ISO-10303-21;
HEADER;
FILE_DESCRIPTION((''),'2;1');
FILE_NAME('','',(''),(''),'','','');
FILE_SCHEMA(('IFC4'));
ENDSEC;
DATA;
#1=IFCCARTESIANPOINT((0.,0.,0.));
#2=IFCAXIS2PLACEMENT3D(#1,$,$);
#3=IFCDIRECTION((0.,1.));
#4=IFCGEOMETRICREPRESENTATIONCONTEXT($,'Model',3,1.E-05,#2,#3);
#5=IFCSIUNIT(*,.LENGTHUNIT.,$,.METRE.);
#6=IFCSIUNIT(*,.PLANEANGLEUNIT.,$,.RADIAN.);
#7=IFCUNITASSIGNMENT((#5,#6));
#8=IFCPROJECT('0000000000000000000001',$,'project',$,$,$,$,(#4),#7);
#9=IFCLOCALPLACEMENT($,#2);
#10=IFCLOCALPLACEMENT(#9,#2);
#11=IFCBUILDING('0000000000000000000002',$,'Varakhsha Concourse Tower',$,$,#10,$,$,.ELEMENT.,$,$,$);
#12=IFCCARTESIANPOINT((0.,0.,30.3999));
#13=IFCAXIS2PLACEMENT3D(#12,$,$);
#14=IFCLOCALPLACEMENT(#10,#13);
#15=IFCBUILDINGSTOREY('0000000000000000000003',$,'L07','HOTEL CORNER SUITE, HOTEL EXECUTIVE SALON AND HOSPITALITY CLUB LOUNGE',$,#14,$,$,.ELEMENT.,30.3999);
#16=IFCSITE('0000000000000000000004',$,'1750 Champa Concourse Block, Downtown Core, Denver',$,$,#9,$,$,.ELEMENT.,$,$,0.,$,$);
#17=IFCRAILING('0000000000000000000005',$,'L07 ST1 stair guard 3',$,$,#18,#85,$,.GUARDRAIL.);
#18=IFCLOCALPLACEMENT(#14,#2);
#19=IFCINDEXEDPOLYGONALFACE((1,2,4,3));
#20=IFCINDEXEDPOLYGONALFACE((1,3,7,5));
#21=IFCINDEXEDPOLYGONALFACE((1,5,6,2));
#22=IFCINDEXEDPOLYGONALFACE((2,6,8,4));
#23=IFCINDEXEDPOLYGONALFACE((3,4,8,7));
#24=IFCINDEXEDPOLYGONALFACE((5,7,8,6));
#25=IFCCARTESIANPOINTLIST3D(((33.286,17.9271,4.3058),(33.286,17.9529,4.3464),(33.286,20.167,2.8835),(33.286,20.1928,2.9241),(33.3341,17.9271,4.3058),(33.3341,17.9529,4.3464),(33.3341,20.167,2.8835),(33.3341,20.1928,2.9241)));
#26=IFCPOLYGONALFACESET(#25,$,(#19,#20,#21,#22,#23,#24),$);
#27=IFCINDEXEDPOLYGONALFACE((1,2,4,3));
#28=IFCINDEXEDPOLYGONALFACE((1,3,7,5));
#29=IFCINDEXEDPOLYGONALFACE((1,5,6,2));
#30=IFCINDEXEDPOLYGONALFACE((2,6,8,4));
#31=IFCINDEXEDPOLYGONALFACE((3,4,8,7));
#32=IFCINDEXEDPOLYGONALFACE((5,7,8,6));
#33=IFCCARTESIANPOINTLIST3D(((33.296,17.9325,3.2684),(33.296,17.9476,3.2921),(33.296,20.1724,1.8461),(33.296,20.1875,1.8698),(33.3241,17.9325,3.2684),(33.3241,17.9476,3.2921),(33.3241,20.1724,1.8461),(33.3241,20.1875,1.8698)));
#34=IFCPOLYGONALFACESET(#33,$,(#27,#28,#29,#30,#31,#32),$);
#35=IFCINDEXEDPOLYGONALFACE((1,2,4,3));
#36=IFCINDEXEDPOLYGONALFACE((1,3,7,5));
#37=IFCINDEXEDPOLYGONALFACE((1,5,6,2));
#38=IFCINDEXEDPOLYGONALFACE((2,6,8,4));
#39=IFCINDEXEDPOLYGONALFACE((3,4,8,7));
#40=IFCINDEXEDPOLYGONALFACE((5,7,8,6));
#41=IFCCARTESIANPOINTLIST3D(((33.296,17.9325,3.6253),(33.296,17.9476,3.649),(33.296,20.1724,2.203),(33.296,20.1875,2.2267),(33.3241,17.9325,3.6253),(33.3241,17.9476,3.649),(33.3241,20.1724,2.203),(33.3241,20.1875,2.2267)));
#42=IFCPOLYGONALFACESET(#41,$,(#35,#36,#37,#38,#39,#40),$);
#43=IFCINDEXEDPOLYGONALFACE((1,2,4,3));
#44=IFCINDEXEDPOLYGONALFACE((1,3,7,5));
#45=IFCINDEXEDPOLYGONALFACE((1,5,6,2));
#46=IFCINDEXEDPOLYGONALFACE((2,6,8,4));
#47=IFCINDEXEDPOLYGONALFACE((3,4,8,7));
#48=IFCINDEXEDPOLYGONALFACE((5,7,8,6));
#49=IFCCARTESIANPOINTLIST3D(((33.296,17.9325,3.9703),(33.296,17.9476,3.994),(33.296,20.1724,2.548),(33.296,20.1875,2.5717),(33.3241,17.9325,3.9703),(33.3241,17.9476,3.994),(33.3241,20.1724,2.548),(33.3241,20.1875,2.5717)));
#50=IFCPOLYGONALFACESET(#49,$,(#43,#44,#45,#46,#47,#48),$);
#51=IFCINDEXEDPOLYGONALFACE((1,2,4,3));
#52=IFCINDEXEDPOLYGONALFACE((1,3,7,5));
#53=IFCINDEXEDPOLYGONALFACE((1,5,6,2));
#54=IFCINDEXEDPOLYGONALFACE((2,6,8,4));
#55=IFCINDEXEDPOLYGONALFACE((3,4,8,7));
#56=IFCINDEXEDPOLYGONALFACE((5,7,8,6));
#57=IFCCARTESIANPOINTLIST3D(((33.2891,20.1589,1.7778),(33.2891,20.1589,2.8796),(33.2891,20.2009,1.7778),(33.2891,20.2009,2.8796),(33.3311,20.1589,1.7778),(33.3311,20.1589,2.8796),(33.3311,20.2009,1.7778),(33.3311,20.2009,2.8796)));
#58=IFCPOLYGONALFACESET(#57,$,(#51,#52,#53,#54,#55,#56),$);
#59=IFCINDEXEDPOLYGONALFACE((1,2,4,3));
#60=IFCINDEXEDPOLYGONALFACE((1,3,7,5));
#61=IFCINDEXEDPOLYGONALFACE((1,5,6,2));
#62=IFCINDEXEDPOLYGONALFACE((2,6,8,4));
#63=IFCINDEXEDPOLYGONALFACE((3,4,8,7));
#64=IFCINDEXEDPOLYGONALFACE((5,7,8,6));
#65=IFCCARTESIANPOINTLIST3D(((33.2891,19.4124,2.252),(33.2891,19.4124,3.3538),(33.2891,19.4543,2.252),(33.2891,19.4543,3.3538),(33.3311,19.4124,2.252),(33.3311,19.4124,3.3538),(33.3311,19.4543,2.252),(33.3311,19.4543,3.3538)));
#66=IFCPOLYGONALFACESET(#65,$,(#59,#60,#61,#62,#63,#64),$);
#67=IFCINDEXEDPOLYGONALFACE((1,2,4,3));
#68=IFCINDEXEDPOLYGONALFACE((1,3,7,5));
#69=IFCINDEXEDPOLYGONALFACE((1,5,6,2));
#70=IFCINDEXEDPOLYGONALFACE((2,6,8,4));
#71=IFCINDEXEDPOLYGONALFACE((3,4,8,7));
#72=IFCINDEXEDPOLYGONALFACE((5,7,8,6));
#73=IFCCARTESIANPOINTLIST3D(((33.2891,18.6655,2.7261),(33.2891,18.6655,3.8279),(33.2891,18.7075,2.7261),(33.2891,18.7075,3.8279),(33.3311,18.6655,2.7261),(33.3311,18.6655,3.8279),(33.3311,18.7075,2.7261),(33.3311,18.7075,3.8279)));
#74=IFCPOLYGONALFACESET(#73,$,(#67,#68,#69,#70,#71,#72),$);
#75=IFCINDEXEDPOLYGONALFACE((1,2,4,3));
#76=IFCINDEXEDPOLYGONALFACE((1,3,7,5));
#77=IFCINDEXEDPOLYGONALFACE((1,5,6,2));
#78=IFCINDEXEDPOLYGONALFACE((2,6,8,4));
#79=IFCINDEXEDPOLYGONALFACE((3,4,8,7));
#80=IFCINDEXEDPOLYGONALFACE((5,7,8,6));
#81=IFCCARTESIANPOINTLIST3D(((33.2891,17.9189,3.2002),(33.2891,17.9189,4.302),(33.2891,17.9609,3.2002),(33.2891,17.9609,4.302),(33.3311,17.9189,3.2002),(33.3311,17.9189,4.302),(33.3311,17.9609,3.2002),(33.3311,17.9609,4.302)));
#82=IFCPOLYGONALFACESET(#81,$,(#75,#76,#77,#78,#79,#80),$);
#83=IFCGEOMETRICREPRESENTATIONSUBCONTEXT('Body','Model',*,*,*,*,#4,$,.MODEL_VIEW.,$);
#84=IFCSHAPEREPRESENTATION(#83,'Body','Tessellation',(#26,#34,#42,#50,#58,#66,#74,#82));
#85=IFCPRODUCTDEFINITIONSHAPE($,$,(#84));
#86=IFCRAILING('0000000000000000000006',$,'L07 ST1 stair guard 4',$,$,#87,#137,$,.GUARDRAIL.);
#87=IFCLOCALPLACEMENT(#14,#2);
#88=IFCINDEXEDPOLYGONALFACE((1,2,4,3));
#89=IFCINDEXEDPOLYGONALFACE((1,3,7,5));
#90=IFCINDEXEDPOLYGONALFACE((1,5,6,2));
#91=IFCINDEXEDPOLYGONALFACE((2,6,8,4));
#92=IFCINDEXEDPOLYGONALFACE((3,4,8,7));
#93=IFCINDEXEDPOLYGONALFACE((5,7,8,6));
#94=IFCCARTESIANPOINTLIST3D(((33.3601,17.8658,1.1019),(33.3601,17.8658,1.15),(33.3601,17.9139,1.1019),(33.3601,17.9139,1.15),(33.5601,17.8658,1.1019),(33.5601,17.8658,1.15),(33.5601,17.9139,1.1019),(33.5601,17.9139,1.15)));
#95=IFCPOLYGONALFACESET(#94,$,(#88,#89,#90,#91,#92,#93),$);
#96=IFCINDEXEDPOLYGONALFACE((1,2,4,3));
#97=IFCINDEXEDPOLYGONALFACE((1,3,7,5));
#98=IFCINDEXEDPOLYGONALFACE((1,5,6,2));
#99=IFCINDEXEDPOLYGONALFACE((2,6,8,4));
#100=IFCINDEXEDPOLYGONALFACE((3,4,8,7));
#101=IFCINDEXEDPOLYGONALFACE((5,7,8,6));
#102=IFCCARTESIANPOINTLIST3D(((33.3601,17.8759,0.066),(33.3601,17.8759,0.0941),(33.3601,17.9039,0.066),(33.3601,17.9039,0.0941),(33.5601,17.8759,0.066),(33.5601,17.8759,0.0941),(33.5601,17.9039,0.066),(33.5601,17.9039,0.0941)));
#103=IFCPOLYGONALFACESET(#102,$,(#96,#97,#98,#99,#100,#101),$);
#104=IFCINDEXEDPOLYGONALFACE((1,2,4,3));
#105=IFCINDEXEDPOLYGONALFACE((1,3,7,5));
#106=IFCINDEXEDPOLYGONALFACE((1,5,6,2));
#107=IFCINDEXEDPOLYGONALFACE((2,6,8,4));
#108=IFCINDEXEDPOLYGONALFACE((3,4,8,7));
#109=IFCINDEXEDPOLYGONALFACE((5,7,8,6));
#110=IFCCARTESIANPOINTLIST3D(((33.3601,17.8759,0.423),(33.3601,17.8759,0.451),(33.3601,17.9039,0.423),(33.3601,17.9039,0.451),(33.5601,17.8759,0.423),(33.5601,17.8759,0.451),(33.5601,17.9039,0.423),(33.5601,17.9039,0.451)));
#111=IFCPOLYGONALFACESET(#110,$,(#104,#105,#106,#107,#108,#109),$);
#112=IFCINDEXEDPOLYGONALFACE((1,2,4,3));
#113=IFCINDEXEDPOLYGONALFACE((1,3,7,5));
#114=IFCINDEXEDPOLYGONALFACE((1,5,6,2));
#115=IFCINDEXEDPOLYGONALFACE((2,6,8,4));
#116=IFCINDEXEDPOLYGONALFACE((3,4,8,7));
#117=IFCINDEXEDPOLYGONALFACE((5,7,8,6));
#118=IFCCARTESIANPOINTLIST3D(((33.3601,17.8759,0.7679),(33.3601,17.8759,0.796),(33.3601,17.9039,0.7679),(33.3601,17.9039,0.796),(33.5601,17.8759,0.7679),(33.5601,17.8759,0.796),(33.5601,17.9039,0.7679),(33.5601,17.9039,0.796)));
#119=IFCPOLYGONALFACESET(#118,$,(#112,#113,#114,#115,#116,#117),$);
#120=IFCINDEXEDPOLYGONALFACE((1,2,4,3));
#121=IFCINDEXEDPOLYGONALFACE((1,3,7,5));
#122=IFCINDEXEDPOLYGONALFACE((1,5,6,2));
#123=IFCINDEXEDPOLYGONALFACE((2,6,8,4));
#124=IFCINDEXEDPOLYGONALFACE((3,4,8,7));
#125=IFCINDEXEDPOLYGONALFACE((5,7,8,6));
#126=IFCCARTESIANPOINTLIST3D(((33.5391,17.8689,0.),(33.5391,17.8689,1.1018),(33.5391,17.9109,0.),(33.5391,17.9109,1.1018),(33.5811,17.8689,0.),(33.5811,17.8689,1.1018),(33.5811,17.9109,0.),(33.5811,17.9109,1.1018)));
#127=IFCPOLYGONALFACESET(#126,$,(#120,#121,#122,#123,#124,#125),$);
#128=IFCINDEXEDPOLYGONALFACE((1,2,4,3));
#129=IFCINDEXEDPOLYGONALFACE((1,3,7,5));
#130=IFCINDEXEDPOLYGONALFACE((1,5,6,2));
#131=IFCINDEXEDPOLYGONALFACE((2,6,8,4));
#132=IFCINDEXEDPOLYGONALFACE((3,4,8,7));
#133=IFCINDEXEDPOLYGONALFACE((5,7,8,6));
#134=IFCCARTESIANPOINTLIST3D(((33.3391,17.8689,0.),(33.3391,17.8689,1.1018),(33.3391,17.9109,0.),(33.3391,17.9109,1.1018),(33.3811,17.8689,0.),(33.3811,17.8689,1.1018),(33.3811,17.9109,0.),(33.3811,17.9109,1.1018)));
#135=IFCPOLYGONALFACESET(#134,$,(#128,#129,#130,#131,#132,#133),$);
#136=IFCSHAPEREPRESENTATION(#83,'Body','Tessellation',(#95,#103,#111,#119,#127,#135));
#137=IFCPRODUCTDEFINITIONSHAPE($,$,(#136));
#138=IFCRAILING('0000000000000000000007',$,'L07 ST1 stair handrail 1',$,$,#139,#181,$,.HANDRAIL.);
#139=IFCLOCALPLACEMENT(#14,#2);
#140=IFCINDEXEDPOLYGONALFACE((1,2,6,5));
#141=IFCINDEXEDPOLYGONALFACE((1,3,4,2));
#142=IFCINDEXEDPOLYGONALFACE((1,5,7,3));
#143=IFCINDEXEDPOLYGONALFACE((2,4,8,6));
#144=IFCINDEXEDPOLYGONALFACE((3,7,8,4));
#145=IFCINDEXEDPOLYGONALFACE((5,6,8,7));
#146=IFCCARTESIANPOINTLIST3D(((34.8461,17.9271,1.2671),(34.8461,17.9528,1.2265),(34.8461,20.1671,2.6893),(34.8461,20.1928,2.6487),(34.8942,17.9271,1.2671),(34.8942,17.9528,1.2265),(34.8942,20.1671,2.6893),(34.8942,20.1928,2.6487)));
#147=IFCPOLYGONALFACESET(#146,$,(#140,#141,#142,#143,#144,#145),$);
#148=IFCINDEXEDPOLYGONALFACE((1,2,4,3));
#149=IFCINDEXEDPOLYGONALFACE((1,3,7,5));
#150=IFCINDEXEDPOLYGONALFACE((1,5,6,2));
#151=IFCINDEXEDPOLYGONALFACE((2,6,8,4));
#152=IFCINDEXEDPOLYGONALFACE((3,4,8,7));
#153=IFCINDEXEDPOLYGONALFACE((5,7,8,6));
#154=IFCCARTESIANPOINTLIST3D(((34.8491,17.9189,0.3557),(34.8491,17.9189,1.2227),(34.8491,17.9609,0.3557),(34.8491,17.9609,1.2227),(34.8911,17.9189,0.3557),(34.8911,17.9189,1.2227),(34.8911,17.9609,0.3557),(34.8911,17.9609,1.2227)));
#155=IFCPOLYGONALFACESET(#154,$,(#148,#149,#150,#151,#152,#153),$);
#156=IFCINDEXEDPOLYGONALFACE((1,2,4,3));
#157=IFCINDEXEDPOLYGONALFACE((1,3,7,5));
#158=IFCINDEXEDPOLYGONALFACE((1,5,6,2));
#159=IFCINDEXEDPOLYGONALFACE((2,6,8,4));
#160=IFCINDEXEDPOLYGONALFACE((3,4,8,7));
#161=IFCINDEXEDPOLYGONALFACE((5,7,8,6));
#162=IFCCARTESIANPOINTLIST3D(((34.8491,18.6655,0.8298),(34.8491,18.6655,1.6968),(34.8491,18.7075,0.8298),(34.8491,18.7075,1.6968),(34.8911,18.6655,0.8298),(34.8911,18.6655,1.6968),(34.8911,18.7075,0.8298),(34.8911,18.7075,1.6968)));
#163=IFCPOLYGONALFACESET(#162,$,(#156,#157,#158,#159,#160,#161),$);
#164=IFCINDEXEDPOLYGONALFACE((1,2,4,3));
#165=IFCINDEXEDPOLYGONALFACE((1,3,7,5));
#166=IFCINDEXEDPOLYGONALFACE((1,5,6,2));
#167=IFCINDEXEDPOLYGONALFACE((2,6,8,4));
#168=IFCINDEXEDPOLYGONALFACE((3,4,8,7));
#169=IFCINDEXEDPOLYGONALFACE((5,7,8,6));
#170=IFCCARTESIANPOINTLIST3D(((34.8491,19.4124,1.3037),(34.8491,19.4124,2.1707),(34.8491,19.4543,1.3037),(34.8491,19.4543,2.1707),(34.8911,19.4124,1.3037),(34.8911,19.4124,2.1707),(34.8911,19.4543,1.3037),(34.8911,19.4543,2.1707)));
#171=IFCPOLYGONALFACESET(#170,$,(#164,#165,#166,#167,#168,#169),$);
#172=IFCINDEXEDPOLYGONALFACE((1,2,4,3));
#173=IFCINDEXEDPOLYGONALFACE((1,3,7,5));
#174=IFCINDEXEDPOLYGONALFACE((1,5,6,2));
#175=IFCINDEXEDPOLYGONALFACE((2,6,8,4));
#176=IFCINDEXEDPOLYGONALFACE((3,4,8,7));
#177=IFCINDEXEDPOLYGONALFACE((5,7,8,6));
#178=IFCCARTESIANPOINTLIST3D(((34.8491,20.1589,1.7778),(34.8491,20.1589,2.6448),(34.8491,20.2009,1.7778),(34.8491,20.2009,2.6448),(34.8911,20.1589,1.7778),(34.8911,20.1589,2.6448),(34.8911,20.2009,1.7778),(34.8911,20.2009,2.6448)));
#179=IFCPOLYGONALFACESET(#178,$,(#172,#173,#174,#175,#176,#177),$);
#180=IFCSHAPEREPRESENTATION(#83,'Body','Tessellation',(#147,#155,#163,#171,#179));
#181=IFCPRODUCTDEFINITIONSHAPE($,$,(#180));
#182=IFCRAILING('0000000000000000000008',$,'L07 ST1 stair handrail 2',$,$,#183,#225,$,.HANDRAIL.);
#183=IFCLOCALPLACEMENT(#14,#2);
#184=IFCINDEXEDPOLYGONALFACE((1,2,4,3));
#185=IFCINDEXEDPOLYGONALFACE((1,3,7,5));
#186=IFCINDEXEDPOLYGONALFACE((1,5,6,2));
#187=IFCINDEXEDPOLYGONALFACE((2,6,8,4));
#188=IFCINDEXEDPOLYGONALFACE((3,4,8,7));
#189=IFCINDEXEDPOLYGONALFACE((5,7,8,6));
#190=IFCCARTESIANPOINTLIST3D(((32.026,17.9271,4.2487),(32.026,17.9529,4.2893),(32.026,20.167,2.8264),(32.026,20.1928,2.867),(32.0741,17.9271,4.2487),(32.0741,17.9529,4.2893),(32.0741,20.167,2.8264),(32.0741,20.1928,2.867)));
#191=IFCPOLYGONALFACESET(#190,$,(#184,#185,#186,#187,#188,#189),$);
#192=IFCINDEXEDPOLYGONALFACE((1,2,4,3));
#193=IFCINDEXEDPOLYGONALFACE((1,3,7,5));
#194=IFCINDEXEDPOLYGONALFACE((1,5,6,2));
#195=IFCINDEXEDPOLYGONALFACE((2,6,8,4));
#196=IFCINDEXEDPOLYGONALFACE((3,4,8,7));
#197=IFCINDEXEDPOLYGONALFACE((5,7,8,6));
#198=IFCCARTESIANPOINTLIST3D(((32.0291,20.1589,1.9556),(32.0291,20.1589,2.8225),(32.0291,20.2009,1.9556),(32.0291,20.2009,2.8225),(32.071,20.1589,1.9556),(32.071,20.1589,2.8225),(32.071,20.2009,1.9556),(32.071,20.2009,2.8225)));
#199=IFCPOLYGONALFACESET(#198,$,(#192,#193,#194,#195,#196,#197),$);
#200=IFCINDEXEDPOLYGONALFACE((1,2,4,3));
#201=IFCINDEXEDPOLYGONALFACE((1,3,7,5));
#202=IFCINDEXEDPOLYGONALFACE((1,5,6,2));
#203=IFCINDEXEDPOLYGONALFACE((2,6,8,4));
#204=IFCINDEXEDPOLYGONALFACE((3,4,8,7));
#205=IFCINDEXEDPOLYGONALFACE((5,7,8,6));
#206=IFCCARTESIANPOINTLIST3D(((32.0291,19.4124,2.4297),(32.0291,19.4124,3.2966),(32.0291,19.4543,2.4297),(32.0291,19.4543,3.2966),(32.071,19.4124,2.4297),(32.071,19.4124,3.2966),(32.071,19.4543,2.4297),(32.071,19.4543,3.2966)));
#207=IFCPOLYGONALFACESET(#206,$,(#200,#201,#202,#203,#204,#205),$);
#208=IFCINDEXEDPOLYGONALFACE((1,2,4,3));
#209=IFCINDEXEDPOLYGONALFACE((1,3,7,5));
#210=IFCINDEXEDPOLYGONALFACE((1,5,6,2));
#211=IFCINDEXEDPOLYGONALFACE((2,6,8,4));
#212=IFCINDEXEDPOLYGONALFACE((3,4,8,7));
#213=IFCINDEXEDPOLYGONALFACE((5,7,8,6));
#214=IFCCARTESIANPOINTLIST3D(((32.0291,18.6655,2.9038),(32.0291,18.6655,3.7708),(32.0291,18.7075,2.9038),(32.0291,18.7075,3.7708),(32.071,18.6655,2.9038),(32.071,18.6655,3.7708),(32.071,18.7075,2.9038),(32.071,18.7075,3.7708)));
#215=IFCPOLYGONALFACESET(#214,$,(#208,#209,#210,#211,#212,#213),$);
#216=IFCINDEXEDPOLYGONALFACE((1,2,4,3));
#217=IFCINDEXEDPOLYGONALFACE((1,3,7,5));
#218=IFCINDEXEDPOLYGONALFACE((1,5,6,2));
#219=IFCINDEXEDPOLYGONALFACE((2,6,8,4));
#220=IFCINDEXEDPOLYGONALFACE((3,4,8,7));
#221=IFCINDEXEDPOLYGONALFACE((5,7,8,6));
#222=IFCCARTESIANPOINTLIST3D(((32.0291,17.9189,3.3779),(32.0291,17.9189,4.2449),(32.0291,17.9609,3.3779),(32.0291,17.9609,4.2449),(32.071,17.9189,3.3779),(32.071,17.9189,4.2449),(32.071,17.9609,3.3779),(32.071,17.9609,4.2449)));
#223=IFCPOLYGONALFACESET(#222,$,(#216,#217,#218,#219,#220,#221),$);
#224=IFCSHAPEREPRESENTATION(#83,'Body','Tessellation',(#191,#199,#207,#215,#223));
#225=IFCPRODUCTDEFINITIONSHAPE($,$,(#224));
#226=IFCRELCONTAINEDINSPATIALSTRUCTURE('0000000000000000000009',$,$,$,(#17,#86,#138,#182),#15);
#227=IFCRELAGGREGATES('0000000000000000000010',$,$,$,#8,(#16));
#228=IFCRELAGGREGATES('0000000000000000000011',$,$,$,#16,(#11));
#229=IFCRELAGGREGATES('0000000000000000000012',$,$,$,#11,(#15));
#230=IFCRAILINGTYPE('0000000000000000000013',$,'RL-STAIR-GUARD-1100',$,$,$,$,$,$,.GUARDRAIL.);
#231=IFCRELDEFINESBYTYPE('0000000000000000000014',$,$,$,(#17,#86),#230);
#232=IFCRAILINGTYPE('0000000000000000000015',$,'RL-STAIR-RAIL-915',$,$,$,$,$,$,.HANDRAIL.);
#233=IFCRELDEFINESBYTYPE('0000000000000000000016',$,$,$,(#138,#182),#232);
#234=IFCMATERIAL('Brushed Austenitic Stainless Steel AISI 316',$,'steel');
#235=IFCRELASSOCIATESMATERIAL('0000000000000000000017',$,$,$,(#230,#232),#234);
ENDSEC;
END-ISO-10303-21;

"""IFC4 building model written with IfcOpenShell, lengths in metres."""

from ifc_helpers import new_model, si_unit, direction, frame, origin, origin_2d, place, context, subcontext, project, spatial, rectangle, extrude, material, type_object, element, save


model = new_model("IFC4")

# Units and contexts
model_context = context("Model", 3, precision=1e-05, world=origin(), true_north=direction((0.0, 1.0)))
body_context = subcontext(model_context, "Body", "Model", "MODEL_VIEW")
ifc_project = project(units=[si_unit("LENGTHUNIT", "METRE"), si_unit("PLANEANGLEUNIT", "RADIAN")], contexts=[model_context])

# Site, building, storey
site_placement = place(None, origin())
site = spatial("IfcSite", under=ifc_project, at=site_placement, Name="1750 Champa Concourse Block, Downtown Core, Denver", CompositionType="ELEMENT", RefElevation=0.0)
building_placement = place(site_placement, origin())
building = spatial("IfcBuilding", under=site, at=building_placement, Name="Varakhsha Concourse Tower", CompositionType="ELEMENT")
storey_placement = place(building_placement, frame((0.0, 0.0, 30.3999)))
storey = spatial("IfcBuildingStorey", under=building, at=storey_placement, Name="L07", Description="HOTEL CORNER SUITE, HOTEL EXECUTIVE SALON AND HOSPITALITY CLUB LOUNGE", CompositionType="ELEMENT", Elevation=30.3999)

# Shared definitions
ifc_material_1 = material(Name="Brushed Austenitic Stainless Steel AISI 316", Category="steel")

# Railings
railing_type_1 = type_object("IfcRailingType", Name="RL-STAIR-GUARD-1100", PredefinedType="GUARDRAIL", material=ifc_material_1)
railing_1_placement = place(storey_placement, frame((33.3101, 20.1799, 1.7778)))
element("IfcRailing", 1, at=railing_1_placement, inside=storey, type_object=railing_type_1, Name="L07 ST1 stair guard 3", PredefinedType="GUARDRAIL", context=body_context, shape_type="SweptSolid", body=[
    extrude(rectangle(XDim=0.0481, YDim=0.0481, at=origin_2d()), frame((0.0, 0.0, 1.126), z_axis=(0.0, -0.844188, 0.536048), x_axis=(1.0, 0.0, 0.0)), (0.0, 0.0, 1.0), 2.6533),
    extrude(rectangle(XDim=0.0281, YDim=0.0281, at=origin_2d()), frame((0.0, 0.0, 0.0801), z_axis=(0.0, -0.844188, 0.536048), x_axis=(1.0, 0.0, 0.0)), (0.0, 0.0, 1.0), 2.6533),
    extrude(rectangle(XDim=0.0281, YDim=0.0281, at=origin_2d()), frame((0.0, 0.0, 0.437), z_axis=(0.0, -0.844188, 0.536048), x_axis=(1.0, 0.0, 0.0)), (0.0, 0.0, 1.0), 2.6533),
    extrude(rectangle(XDim=0.0281, YDim=0.0281, at=origin_2d()), frame((0.0, 0.0, 0.782), z_axis=(0.0, -0.844188, 0.536048), x_axis=(1.0, 0.0, 0.0)), (0.0, 0.0, 1.0), 2.6533),
    extrude(rectangle(XDim=0.042, YDim=0.042, at=origin_2d()), origin(), (0.0, 0.0, 1.0), 1.1018),
    extrude(rectangle(XDim=0.042, YDim=0.042, at=origin_2d()), frame((0.0, -0.7466, 0.4741)), (0.0, 0.0, 1.0), 1.1018),
    extrude(rectangle(XDim=0.042, YDim=0.042, at=origin_2d()), frame((0.0, -1.4934, 0.9482)), (0.0, 0.0, 1.0), 1.1018),
    extrude(rectangle(XDim=0.042, YDim=0.042, at=origin_2d()), frame((0.0, -2.24, 1.4224)), (0.0, 0.0, 1.0), 1.1018),
])
railing_2_placement = place(storey_placement, frame((33.5601, 17.8899, 0.0)))
element("IfcRailing", 2, at=railing_2_placement, inside=storey, type_object=railing_type_1, Name="L07 ST1 stair guard 4", PredefinedType="GUARDRAIL", context=body_context, shape_type="SweptSolid", body=[
    extrude(rectangle(XDim=0.0481, YDim=0.0481, at=origin_2d()), frame((0.0, 0.0, 1.126), z_axis=(-1.0, 0.0, 0.0), x_axis=(0.0, -1.0, 0.0)), (0.0, 0.0, 1.0), 0.2),
    extrude(rectangle(XDim=0.0281, YDim=0.0281, at=origin_2d()), frame((0.0, 0.0, 0.0801), z_axis=(-1.0, 0.0, 0.0), x_axis=(0.0, -1.0, 0.0)), (0.0, 0.0, 1.0), 0.2),
    extrude(rectangle(XDim=0.0281, YDim=0.0281, at=origin_2d()), frame((0.0, 0.0, 0.437), z_axis=(-1.0, 0.0, 0.0), x_axis=(0.0, -1.0, 0.0)), (0.0, 0.0, 1.0), 0.2),
    extrude(rectangle(XDim=0.0281, YDim=0.0281, at=origin_2d()), frame((0.0, 0.0, 0.782), z_axis=(-1.0, 0.0, 0.0), x_axis=(0.0, -1.0, 0.0)), (0.0, 0.0, 1.0), 0.2),
    extrude(rectangle(XDim=0.042, YDim=0.042, at=origin_2d()), origin(), (0.0, 0.0, 1.0), 1.1018),
    extrude(rectangle(XDim=0.042, YDim=0.042, at=origin_2d()), frame((-0.2, 0.0, 0.0)), (0.0, 0.0, 1.0), 1.1018),
])
railing_type_2 = type_object("IfcRailingType", Name="RL-STAIR-RAIL-915", PredefinedType="HANDRAIL", material=ifc_material_1)
railing_3_placement = place(storey_placement, frame((34.8701, 17.9399, 0.3557)))
element("IfcRailing", 3, at=railing_3_placement, inside=storey, type_object=railing_type_2, Name="L07 ST1 stair handrail 1", PredefinedType="HANDRAIL", context=body_context, shape_type="SweptSolid", body=[
    extrude(rectangle(XDim=0.0481, YDim=0.0481, at=origin_2d()), frame((0.0, 0.0, 0.8911), z_axis=(0.0, 0.844229, 0.535982), x_axis=(-1.0, 0.0, 0.0)), (0.0, 0.0, 1.0), 2.6533),
    extrude(rectangle(XDim=0.042, YDim=0.042, at=origin_2d()), origin(), (0.0, 0.0, 1.0), 0.8669),
    extrude(rectangle(XDim=0.042, YDim=0.042, at=origin_2d()), frame((0.0, 0.7466, 0.4741)), (0.0, 0.0, 1.0), 0.8669),
    extrude(rectangle(XDim=0.042, YDim=0.042, at=origin_2d()), frame((0.0, 1.4934, 0.948)), (0.0, 0.0, 1.0), 0.8669),
    extrude(rectangle(XDim=0.042, YDim=0.042, at=origin_2d()), frame((0.0, 2.24, 1.4221)), (0.0, 0.0, 1.0), 0.8669),
])
railing_4_placement = place(storey_placement, frame((32.05, 20.1799, 1.9556)))
element("IfcRailing", 4, at=railing_4_placement, inside=storey, type_object=railing_type_2, Name="L07 ST1 stair handrail 2", PredefinedType="HANDRAIL", context=body_context, shape_type="SweptSolid", body=[
    extrude(rectangle(XDim=0.0481, YDim=0.0481, at=origin_2d()), frame((0.0, 0.0, 0.8911), z_axis=(0.0, -0.844188, 0.536048), x_axis=(1.0, 0.0, 0.0)), (0.0, 0.0, 1.0), 2.6533),
    extrude(rectangle(XDim=0.042, YDim=0.042, at=origin_2d()), origin(), (0.0, 0.0, 1.0), 0.8669),
    extrude(rectangle(XDim=0.042, YDim=0.042, at=origin_2d()), frame((0.0, -0.7466, 0.4741)), (0.0, 0.0, 1.0), 0.8669),
    extrude(rectangle(XDim=0.042, YDim=0.042, at=origin_2d()), frame((0.0, -1.4934, 0.9482)), (0.0, 0.0, 1.0), 0.8669),
    extrude(rectangle(XDim=0.042, YDim=0.042, at=origin_2d()), frame((0.0, -2.24, 1.4224)), (0.0, 0.0, 1.0), 0.8669),
])

save(model, "model.ifc")
